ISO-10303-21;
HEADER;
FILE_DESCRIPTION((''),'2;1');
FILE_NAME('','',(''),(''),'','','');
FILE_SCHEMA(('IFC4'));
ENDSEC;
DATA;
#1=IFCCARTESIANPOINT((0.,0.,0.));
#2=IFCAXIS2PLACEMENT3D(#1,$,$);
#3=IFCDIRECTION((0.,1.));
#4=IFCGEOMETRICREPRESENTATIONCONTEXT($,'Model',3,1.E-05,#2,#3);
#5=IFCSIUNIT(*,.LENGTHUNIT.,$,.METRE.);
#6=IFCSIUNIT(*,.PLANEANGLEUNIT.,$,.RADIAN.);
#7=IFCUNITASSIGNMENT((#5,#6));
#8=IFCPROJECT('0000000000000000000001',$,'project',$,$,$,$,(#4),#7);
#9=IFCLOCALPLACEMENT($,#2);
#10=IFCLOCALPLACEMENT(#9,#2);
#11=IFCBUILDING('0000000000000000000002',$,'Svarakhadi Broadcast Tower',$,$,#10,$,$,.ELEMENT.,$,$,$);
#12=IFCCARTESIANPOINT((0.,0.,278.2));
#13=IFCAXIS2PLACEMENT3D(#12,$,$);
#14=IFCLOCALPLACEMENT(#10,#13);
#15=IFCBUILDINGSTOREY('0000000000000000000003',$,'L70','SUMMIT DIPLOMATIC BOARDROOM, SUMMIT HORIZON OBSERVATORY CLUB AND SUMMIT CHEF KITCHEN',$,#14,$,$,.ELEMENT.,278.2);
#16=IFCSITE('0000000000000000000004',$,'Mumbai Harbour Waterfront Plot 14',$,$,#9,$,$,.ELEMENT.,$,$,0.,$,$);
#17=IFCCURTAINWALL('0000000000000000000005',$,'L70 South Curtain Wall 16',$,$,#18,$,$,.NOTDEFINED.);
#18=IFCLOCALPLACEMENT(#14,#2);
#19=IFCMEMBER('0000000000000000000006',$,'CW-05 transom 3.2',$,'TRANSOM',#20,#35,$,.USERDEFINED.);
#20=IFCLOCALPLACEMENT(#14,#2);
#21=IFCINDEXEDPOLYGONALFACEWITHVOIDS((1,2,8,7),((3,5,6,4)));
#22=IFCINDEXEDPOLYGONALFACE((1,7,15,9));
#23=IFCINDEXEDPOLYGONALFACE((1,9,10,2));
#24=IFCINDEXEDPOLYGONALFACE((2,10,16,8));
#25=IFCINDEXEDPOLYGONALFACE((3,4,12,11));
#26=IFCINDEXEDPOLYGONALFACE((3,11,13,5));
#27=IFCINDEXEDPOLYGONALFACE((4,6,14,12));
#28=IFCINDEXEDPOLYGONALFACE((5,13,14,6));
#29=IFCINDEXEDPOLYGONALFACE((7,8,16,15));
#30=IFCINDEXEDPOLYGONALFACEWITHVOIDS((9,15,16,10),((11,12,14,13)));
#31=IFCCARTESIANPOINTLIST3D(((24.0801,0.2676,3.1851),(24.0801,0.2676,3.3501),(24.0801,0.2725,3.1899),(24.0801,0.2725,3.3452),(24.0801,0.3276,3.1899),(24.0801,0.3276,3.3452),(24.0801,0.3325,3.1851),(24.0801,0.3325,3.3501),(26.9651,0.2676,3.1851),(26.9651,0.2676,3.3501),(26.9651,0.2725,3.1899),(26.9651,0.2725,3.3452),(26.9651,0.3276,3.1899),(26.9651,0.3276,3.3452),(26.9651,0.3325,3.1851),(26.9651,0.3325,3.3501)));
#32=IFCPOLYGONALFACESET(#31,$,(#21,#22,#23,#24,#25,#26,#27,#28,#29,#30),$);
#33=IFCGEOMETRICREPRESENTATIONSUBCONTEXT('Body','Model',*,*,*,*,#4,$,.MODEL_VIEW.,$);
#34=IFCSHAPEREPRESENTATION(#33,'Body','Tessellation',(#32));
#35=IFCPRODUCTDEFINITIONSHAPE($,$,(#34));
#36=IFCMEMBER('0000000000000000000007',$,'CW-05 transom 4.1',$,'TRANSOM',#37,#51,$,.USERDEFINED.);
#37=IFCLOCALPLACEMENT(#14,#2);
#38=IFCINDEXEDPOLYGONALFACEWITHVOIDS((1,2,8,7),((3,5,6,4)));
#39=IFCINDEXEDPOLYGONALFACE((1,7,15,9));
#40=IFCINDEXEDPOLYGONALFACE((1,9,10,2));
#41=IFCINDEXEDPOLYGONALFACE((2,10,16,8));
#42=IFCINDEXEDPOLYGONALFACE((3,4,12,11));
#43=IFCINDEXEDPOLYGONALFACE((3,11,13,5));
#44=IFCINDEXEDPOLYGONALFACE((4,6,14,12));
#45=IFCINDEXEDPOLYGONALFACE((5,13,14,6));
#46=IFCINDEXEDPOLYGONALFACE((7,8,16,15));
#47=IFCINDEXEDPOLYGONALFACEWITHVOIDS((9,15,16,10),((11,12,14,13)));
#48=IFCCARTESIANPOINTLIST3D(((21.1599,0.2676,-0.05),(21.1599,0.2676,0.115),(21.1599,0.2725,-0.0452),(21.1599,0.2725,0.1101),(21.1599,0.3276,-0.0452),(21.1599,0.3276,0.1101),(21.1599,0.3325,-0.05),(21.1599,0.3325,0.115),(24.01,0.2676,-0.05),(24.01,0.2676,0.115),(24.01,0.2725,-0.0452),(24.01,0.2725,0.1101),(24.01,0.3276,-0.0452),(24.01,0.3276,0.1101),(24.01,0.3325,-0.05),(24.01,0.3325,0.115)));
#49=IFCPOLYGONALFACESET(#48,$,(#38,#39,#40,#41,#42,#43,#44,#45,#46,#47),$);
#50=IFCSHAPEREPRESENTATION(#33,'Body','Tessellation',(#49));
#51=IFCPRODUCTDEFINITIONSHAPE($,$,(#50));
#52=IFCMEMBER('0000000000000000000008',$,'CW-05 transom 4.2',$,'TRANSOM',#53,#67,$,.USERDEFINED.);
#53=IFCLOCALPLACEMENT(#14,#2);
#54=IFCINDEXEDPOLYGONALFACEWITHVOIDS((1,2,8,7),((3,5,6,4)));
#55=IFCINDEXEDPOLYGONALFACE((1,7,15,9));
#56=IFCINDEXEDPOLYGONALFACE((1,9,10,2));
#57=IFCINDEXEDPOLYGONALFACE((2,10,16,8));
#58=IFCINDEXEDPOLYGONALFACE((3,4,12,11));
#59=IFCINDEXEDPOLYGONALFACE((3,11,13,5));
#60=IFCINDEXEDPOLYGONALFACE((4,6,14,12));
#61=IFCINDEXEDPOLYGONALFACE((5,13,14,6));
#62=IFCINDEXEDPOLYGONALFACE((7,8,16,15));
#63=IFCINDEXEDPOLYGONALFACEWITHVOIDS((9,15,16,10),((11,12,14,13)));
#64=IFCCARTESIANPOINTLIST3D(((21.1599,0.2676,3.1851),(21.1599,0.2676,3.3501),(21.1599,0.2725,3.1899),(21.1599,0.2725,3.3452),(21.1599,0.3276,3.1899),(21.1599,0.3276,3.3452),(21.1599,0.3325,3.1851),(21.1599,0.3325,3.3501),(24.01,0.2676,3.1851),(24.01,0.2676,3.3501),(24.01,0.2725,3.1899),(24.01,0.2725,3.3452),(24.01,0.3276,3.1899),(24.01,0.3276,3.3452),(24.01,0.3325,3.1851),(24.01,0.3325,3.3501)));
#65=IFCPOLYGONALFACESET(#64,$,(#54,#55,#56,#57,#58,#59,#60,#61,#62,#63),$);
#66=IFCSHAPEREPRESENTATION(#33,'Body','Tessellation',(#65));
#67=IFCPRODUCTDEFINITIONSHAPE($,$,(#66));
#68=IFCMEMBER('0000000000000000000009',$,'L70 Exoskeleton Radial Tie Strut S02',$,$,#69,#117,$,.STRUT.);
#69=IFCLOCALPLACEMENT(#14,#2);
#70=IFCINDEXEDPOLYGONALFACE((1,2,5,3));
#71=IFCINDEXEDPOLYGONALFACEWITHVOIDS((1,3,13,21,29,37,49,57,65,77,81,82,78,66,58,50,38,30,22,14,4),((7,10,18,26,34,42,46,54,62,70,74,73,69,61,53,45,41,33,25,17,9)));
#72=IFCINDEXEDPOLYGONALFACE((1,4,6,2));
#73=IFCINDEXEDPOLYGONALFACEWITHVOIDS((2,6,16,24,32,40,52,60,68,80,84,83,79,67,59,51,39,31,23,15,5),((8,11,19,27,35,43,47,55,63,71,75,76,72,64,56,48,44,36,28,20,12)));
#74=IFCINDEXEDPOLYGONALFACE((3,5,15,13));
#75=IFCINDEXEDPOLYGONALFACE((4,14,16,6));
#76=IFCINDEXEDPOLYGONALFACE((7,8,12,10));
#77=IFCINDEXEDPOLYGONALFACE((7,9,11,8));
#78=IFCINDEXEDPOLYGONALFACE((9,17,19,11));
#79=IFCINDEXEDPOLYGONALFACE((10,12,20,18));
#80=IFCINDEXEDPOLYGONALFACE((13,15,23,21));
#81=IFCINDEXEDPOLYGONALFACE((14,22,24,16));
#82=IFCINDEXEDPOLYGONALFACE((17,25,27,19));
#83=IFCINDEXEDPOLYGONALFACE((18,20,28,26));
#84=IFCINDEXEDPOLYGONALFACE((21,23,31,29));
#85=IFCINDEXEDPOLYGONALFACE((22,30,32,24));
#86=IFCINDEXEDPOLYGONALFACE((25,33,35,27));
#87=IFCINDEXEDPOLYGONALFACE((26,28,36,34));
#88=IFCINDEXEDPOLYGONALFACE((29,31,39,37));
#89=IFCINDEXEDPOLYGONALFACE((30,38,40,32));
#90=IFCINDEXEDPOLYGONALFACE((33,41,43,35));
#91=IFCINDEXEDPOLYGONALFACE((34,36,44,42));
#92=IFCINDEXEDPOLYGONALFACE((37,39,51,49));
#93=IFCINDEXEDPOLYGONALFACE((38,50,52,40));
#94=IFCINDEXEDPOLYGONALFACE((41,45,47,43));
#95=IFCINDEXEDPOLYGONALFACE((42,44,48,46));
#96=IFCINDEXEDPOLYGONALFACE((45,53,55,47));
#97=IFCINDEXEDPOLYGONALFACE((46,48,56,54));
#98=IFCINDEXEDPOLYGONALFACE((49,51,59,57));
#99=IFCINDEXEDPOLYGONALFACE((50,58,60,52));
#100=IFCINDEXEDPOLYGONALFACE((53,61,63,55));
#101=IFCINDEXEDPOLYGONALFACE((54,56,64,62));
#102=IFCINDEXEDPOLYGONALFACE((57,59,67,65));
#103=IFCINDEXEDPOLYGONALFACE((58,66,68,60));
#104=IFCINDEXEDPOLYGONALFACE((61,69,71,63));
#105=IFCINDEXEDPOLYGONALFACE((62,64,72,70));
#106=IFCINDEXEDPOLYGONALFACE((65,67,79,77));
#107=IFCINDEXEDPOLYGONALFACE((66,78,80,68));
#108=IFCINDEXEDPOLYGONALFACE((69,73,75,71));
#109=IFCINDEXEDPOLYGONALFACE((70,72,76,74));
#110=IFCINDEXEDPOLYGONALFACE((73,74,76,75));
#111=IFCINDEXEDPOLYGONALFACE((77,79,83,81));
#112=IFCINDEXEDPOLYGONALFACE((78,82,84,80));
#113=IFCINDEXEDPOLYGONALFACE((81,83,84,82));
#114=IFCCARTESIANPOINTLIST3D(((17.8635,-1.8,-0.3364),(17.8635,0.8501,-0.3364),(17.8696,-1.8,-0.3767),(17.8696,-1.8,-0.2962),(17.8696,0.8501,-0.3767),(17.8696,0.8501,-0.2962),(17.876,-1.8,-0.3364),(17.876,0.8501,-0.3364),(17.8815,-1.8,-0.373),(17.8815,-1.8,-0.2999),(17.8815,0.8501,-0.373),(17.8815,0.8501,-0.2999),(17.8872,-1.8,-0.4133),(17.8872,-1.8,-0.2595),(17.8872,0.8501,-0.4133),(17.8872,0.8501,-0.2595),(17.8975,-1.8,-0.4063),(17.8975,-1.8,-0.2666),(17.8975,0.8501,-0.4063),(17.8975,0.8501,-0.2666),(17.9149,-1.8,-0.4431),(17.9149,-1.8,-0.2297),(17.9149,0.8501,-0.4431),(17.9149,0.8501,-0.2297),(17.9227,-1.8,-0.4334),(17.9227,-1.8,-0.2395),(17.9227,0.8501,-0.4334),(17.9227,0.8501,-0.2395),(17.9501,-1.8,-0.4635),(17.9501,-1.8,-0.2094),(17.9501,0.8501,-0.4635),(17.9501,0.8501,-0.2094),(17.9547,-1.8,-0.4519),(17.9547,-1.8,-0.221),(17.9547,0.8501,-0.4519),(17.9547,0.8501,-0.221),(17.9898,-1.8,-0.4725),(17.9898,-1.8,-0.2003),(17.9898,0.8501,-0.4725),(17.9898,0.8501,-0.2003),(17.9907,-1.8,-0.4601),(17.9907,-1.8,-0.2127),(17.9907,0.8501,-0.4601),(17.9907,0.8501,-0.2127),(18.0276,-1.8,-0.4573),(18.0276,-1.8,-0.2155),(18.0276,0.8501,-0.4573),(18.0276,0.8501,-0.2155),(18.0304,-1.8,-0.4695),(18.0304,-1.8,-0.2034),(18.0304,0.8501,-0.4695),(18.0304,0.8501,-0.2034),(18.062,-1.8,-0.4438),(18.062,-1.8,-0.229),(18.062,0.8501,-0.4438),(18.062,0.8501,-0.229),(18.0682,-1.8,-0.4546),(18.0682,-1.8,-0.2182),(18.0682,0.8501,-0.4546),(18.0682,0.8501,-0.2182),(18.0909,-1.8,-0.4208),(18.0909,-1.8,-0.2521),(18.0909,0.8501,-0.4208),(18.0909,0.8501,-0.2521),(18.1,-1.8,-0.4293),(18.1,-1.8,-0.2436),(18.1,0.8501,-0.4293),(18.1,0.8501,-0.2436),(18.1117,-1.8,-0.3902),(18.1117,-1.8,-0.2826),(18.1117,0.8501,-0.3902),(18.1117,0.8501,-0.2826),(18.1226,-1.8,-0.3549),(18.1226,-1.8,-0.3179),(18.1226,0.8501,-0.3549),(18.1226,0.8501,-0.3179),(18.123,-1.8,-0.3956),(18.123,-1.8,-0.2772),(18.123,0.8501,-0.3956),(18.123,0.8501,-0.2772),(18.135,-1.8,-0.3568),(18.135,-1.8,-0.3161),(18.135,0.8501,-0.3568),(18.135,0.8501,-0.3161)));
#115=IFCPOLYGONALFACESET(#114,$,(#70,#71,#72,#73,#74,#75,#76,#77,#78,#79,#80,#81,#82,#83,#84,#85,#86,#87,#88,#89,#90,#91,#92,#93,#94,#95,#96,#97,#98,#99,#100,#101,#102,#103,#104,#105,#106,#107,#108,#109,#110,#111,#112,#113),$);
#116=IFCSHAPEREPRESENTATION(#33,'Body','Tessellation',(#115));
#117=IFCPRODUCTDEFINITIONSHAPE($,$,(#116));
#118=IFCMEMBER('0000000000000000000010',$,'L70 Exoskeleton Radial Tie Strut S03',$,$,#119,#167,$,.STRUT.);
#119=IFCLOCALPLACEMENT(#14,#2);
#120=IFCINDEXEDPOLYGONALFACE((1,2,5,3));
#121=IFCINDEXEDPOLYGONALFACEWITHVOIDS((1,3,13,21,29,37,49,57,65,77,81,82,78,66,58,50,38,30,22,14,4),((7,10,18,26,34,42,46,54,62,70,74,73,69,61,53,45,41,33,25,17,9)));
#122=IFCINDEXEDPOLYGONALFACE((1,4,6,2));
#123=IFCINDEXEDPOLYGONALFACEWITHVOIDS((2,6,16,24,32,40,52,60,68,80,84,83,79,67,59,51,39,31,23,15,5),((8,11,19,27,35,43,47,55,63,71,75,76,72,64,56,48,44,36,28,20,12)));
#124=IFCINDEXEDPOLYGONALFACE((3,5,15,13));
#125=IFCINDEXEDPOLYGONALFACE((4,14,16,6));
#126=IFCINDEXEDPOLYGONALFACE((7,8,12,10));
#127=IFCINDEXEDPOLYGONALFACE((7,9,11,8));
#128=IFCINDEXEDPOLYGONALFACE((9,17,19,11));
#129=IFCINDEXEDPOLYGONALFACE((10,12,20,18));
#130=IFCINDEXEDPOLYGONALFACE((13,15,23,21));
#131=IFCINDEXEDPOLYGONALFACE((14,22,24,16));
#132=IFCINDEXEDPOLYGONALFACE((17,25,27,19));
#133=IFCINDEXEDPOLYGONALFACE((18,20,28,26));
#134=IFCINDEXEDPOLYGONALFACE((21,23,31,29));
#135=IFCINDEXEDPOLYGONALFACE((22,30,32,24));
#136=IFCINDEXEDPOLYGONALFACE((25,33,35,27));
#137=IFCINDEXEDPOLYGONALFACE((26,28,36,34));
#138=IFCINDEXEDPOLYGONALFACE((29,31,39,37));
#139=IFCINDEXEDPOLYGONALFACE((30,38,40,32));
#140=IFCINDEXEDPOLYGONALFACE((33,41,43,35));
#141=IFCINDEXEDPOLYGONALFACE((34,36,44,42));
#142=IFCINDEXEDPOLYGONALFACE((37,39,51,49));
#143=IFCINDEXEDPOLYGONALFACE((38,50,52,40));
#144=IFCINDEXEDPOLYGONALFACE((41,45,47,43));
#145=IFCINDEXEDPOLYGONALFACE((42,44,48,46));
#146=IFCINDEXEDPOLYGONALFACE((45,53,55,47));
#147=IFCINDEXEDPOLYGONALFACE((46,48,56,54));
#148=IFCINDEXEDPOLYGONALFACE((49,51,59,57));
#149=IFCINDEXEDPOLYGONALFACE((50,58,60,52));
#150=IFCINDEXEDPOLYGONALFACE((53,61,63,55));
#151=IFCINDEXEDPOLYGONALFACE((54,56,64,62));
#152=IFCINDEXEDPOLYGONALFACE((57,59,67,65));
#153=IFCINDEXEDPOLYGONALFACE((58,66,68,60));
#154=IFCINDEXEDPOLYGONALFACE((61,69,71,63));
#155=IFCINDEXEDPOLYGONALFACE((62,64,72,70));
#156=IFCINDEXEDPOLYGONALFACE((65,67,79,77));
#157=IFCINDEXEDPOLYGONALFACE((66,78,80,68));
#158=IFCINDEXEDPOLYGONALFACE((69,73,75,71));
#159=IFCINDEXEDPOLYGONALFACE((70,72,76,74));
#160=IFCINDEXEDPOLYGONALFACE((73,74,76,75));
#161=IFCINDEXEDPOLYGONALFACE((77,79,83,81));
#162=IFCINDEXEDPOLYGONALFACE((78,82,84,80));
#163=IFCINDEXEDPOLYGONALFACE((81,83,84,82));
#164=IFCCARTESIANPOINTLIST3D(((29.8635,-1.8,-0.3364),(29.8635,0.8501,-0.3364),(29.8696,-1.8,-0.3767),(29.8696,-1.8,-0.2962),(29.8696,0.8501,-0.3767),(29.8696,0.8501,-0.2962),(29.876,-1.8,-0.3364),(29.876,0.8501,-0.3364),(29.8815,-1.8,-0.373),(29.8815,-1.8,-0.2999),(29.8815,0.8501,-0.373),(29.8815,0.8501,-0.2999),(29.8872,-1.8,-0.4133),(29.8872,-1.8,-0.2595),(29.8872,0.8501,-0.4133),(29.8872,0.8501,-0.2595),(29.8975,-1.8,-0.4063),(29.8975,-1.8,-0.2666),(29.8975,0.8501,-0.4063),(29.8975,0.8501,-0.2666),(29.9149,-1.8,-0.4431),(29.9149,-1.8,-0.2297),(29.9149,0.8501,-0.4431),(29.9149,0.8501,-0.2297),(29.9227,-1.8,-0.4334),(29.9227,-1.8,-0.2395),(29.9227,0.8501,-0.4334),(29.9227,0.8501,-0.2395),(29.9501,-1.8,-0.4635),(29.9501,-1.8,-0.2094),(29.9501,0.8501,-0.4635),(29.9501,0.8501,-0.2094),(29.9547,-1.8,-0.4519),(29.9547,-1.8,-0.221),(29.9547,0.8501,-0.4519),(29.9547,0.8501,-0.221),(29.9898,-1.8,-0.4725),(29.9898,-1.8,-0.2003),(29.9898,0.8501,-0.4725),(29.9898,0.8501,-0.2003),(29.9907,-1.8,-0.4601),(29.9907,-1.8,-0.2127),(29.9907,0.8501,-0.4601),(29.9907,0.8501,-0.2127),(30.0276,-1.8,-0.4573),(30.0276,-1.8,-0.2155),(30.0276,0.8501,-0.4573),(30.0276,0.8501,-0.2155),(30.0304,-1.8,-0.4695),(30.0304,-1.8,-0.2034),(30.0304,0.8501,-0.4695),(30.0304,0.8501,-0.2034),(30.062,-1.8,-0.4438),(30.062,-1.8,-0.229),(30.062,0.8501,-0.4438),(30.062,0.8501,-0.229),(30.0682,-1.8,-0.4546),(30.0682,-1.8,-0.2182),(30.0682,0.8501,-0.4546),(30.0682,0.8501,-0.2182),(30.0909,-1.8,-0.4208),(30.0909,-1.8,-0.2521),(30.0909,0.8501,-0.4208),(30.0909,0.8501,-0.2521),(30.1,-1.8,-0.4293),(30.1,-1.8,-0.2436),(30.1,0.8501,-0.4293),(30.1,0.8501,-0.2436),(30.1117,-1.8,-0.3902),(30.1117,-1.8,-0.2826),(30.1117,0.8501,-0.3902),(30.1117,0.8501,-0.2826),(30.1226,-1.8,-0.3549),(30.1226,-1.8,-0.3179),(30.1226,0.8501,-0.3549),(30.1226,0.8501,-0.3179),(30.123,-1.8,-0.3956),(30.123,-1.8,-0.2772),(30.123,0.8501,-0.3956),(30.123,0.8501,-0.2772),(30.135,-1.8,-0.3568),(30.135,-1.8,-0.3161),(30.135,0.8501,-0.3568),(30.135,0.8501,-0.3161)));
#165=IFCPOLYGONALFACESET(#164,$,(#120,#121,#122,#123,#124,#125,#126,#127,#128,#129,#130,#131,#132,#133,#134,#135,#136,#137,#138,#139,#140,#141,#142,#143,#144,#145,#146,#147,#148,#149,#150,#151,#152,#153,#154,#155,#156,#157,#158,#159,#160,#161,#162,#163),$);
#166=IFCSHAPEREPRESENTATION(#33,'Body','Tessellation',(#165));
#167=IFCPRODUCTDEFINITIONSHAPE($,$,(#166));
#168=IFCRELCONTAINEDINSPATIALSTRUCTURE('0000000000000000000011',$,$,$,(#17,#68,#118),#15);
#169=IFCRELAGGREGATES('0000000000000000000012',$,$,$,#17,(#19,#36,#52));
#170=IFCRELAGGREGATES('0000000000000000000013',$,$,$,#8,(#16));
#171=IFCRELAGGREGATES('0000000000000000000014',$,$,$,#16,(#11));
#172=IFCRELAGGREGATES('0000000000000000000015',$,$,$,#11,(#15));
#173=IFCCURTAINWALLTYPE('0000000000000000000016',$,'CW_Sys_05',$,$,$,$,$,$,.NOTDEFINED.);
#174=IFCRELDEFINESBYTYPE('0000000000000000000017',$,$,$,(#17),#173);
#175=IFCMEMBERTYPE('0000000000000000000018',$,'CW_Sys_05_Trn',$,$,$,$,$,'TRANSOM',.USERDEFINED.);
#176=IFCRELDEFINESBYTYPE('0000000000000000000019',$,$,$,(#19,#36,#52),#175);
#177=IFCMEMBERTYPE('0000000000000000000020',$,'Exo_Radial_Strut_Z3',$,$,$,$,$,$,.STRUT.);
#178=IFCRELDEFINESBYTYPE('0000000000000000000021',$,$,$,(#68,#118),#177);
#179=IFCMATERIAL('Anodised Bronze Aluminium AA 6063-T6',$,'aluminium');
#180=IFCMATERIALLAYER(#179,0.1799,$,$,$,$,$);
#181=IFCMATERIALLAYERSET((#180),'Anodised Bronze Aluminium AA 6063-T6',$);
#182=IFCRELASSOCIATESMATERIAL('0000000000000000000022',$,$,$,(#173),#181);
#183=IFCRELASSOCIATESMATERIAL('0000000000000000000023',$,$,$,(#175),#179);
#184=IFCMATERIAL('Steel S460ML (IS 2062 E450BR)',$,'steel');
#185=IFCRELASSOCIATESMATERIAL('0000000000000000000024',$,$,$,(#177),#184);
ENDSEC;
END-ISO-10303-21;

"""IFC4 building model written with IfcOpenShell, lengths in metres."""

from ifc_helpers import new_model, si_unit, direction, frame, origin, origin_2d, place, context, subcontext, project, spatial, hollow_rectangle, hollow_circle, extrude, material, layer, layer_set, material_profile, profile_set, type_object, element, aggregate, save


model = new_model("IFC4")

# Units and contexts
model_context = context("Model", 3, precision=1e-05, world=origin(), true_north=direction((0.0, 1.0)))
body_context = subcontext(model_context, "Body", "Model", "MODEL_VIEW")
ifc_project = project(units=[si_unit("LENGTHUNIT", "METRE"), si_unit("PLANEANGLEUNIT", "RADIAN")], contexts=[model_context])

# Site, building, storey
site_placement = place(None, origin())
site = spatial("IfcSite", under=ifc_project, at=site_placement, Name="Mumbai Harbour Waterfront Plot 14", CompositionType="ELEMENT", RefElevation=0.0)
building_placement = place(site_placement, origin())
building = spatial("IfcBuilding", under=site, at=building_placement, Name="Svarakhadi Broadcast Tower", CompositionType="ELEMENT")
storey_placement = place(building_placement, frame((0.0, 0.0, 278.2)))
storey = spatial("IfcBuildingStorey", under=building, at=storey_placement, Name="L70", Description="SUMMIT DIPLOMATIC BOARDROOM, SUMMIT HORIZON OBSERVATORY CLUB AND SUMMIT CHEF KITCHEN", CompositionType="ELEMENT", Elevation=278.2)

# Shared definitions
ifc_material_1 = material(Name="Steel S460ML (IS 2062 E450BR)", Category="steel")

# Curtain wall, members
ifc_material_2 = material(Name="Anodised Bronze Aluminium AA 6063-T6", Category="aluminium")
ifc_layer_1 = layer(ifc_material_2, 0.1799)
ifc_layer_set_1 = layer_set([ifc_layer_1], Name="Anodised Bronze Aluminium AA 6063-T6")
curtain_wall_type = type_object("IfcCurtainWallType", Name="CW_Sys_05", PredefinedType="NOTDEFINED", material=ifc_layer_set_1)
curtain_wall_placement = place(storey_placement, origin())
curtain_wall = element("IfcCurtainWall", 1, at=curtain_wall_placement, inside=storey, type_object=curtain_wall_type, Name="L70 South Curtain Wall 16", PredefinedType="NOTDEFINED")
ifc_material_profile_1 = material_profile(ifc_material_2, hollow_rectangle(XDim=0.0649, YDim=0.165, WallThickness=0.0049, at=origin_2d()), Name="ALU TRANSOM 165x65x5")
ifc_profile_set_1 = profile_set([ifc_material_profile_1], Name="Anodised Bronze Aluminium AA 6063-T6")
member_type_1 = type_object("IfcMemberType", Name="CW_Sys_05_Trn", ElementType="TRANSOM", PredefinedType="USERDEFINED", material=ifc_profile_set_1)
member_1_placement = place(storey_placement, frame((26.9651, 0.3, 3.2676), z_axis=(-1.0, 0.0, 0.0), x_axis=(0.0, -1.0, 0.0)))
member_1 = element("IfcMember", 2, at=member_1_placement, type_object=member_type_1, Name="CW-05 transom 3.2", ObjectType="TRANSOM", PredefinedType="USERDEFINED", context=body_context, shape_type="SweptSolid", body=[
    extrude(hollow_rectangle(XDim=0.0649, YDim=0.165, WallThickness=0.0049, at=origin_2d()), origin(), (0.0, 0.0, 1.0), 2.885),
])
member_2_placement = place(storey_placement, frame((24.01, 0.3, 0.0325), z_axis=(-1.0, 0.0, 0.0), x_axis=(0.0, -1.0, 0.0)))
member_2 = element("IfcMember", 3, at=member_2_placement, type_object=member_type_1, Name="CW-05 transom 4.1", ObjectType="TRANSOM", PredefinedType="USERDEFINED", context=body_context, shape_type="SweptSolid", body=[
    extrude(hollow_rectangle(XDim=0.0649, YDim=0.165, WallThickness=0.0049, at=origin_2d()), origin(), (0.0, 0.0, 1.0), 2.8501),
])
member_3_placement = place(storey_placement, frame((24.01, 0.3, 3.2676), z_axis=(-1.0, 0.0, 0.0), x_axis=(0.0, -1.0, 0.0)))
member_3 = element("IfcMember", 4, at=member_3_placement, type_object=member_type_1, Name="CW-05 transom 4.2", ObjectType="TRANSOM", PredefinedType="USERDEFINED", context=body_context, shape_type="SweptSolid", body=[
    extrude(hollow_rectangle(XDim=0.0649, YDim=0.165, WallThickness=0.0049, at=origin_2d()), origin(), (0.0, 0.0, 1.0), 2.8501),
])

# Members
ifc_material_profile_2 = material_profile(ifc_material_1, hollow_circle(Radius=0.1365, WallThickness=0.0125, at=origin_2d()), Name="CHS 273x12.5")
ifc_profile_set_2 = profile_set([ifc_material_profile_2], Name="Steel S460ML (IS 2062 E450BR)")
member_type_2 = type_object("IfcMemberType", Name="Exo_Radial_Strut_Z3", PredefinedType="STRUT", material=ifc_profile_set_2)
for number, where, z_axis, x_axis, name in (
    (5, (18.0, -1.8, -0.3364), (0.0, 1.0, 0.0), (-1.0, 0.0, 0.0), "L70 Exoskeleton Radial Tie Strut S02"),
    (6, (30.0, -1.8, -0.3364), (0.0, 1.0, 0.0), (-1.0, 0.0, 0.0), "L70 Exoskeleton Radial Tie Strut S03"),
):
    element("IfcMember", number, at=place(storey_placement, frame(where, z_axis=z_axis, x_axis=x_axis)), inside=storey, type_object=member_type_2, Name=name, PredefinedType="STRUT", context=body_context, shape_type="SweptSolid", body=[
        extrude(hollow_circle(Radius=0.1365, WallThickness=0.0125, at=origin_2d()), origin(), (0.0, 0.0, 1.0), 2.6501),
    ])

aggregate(curtain_wall, [member_1, member_2, member_3])

save(model, "model.ifc")
